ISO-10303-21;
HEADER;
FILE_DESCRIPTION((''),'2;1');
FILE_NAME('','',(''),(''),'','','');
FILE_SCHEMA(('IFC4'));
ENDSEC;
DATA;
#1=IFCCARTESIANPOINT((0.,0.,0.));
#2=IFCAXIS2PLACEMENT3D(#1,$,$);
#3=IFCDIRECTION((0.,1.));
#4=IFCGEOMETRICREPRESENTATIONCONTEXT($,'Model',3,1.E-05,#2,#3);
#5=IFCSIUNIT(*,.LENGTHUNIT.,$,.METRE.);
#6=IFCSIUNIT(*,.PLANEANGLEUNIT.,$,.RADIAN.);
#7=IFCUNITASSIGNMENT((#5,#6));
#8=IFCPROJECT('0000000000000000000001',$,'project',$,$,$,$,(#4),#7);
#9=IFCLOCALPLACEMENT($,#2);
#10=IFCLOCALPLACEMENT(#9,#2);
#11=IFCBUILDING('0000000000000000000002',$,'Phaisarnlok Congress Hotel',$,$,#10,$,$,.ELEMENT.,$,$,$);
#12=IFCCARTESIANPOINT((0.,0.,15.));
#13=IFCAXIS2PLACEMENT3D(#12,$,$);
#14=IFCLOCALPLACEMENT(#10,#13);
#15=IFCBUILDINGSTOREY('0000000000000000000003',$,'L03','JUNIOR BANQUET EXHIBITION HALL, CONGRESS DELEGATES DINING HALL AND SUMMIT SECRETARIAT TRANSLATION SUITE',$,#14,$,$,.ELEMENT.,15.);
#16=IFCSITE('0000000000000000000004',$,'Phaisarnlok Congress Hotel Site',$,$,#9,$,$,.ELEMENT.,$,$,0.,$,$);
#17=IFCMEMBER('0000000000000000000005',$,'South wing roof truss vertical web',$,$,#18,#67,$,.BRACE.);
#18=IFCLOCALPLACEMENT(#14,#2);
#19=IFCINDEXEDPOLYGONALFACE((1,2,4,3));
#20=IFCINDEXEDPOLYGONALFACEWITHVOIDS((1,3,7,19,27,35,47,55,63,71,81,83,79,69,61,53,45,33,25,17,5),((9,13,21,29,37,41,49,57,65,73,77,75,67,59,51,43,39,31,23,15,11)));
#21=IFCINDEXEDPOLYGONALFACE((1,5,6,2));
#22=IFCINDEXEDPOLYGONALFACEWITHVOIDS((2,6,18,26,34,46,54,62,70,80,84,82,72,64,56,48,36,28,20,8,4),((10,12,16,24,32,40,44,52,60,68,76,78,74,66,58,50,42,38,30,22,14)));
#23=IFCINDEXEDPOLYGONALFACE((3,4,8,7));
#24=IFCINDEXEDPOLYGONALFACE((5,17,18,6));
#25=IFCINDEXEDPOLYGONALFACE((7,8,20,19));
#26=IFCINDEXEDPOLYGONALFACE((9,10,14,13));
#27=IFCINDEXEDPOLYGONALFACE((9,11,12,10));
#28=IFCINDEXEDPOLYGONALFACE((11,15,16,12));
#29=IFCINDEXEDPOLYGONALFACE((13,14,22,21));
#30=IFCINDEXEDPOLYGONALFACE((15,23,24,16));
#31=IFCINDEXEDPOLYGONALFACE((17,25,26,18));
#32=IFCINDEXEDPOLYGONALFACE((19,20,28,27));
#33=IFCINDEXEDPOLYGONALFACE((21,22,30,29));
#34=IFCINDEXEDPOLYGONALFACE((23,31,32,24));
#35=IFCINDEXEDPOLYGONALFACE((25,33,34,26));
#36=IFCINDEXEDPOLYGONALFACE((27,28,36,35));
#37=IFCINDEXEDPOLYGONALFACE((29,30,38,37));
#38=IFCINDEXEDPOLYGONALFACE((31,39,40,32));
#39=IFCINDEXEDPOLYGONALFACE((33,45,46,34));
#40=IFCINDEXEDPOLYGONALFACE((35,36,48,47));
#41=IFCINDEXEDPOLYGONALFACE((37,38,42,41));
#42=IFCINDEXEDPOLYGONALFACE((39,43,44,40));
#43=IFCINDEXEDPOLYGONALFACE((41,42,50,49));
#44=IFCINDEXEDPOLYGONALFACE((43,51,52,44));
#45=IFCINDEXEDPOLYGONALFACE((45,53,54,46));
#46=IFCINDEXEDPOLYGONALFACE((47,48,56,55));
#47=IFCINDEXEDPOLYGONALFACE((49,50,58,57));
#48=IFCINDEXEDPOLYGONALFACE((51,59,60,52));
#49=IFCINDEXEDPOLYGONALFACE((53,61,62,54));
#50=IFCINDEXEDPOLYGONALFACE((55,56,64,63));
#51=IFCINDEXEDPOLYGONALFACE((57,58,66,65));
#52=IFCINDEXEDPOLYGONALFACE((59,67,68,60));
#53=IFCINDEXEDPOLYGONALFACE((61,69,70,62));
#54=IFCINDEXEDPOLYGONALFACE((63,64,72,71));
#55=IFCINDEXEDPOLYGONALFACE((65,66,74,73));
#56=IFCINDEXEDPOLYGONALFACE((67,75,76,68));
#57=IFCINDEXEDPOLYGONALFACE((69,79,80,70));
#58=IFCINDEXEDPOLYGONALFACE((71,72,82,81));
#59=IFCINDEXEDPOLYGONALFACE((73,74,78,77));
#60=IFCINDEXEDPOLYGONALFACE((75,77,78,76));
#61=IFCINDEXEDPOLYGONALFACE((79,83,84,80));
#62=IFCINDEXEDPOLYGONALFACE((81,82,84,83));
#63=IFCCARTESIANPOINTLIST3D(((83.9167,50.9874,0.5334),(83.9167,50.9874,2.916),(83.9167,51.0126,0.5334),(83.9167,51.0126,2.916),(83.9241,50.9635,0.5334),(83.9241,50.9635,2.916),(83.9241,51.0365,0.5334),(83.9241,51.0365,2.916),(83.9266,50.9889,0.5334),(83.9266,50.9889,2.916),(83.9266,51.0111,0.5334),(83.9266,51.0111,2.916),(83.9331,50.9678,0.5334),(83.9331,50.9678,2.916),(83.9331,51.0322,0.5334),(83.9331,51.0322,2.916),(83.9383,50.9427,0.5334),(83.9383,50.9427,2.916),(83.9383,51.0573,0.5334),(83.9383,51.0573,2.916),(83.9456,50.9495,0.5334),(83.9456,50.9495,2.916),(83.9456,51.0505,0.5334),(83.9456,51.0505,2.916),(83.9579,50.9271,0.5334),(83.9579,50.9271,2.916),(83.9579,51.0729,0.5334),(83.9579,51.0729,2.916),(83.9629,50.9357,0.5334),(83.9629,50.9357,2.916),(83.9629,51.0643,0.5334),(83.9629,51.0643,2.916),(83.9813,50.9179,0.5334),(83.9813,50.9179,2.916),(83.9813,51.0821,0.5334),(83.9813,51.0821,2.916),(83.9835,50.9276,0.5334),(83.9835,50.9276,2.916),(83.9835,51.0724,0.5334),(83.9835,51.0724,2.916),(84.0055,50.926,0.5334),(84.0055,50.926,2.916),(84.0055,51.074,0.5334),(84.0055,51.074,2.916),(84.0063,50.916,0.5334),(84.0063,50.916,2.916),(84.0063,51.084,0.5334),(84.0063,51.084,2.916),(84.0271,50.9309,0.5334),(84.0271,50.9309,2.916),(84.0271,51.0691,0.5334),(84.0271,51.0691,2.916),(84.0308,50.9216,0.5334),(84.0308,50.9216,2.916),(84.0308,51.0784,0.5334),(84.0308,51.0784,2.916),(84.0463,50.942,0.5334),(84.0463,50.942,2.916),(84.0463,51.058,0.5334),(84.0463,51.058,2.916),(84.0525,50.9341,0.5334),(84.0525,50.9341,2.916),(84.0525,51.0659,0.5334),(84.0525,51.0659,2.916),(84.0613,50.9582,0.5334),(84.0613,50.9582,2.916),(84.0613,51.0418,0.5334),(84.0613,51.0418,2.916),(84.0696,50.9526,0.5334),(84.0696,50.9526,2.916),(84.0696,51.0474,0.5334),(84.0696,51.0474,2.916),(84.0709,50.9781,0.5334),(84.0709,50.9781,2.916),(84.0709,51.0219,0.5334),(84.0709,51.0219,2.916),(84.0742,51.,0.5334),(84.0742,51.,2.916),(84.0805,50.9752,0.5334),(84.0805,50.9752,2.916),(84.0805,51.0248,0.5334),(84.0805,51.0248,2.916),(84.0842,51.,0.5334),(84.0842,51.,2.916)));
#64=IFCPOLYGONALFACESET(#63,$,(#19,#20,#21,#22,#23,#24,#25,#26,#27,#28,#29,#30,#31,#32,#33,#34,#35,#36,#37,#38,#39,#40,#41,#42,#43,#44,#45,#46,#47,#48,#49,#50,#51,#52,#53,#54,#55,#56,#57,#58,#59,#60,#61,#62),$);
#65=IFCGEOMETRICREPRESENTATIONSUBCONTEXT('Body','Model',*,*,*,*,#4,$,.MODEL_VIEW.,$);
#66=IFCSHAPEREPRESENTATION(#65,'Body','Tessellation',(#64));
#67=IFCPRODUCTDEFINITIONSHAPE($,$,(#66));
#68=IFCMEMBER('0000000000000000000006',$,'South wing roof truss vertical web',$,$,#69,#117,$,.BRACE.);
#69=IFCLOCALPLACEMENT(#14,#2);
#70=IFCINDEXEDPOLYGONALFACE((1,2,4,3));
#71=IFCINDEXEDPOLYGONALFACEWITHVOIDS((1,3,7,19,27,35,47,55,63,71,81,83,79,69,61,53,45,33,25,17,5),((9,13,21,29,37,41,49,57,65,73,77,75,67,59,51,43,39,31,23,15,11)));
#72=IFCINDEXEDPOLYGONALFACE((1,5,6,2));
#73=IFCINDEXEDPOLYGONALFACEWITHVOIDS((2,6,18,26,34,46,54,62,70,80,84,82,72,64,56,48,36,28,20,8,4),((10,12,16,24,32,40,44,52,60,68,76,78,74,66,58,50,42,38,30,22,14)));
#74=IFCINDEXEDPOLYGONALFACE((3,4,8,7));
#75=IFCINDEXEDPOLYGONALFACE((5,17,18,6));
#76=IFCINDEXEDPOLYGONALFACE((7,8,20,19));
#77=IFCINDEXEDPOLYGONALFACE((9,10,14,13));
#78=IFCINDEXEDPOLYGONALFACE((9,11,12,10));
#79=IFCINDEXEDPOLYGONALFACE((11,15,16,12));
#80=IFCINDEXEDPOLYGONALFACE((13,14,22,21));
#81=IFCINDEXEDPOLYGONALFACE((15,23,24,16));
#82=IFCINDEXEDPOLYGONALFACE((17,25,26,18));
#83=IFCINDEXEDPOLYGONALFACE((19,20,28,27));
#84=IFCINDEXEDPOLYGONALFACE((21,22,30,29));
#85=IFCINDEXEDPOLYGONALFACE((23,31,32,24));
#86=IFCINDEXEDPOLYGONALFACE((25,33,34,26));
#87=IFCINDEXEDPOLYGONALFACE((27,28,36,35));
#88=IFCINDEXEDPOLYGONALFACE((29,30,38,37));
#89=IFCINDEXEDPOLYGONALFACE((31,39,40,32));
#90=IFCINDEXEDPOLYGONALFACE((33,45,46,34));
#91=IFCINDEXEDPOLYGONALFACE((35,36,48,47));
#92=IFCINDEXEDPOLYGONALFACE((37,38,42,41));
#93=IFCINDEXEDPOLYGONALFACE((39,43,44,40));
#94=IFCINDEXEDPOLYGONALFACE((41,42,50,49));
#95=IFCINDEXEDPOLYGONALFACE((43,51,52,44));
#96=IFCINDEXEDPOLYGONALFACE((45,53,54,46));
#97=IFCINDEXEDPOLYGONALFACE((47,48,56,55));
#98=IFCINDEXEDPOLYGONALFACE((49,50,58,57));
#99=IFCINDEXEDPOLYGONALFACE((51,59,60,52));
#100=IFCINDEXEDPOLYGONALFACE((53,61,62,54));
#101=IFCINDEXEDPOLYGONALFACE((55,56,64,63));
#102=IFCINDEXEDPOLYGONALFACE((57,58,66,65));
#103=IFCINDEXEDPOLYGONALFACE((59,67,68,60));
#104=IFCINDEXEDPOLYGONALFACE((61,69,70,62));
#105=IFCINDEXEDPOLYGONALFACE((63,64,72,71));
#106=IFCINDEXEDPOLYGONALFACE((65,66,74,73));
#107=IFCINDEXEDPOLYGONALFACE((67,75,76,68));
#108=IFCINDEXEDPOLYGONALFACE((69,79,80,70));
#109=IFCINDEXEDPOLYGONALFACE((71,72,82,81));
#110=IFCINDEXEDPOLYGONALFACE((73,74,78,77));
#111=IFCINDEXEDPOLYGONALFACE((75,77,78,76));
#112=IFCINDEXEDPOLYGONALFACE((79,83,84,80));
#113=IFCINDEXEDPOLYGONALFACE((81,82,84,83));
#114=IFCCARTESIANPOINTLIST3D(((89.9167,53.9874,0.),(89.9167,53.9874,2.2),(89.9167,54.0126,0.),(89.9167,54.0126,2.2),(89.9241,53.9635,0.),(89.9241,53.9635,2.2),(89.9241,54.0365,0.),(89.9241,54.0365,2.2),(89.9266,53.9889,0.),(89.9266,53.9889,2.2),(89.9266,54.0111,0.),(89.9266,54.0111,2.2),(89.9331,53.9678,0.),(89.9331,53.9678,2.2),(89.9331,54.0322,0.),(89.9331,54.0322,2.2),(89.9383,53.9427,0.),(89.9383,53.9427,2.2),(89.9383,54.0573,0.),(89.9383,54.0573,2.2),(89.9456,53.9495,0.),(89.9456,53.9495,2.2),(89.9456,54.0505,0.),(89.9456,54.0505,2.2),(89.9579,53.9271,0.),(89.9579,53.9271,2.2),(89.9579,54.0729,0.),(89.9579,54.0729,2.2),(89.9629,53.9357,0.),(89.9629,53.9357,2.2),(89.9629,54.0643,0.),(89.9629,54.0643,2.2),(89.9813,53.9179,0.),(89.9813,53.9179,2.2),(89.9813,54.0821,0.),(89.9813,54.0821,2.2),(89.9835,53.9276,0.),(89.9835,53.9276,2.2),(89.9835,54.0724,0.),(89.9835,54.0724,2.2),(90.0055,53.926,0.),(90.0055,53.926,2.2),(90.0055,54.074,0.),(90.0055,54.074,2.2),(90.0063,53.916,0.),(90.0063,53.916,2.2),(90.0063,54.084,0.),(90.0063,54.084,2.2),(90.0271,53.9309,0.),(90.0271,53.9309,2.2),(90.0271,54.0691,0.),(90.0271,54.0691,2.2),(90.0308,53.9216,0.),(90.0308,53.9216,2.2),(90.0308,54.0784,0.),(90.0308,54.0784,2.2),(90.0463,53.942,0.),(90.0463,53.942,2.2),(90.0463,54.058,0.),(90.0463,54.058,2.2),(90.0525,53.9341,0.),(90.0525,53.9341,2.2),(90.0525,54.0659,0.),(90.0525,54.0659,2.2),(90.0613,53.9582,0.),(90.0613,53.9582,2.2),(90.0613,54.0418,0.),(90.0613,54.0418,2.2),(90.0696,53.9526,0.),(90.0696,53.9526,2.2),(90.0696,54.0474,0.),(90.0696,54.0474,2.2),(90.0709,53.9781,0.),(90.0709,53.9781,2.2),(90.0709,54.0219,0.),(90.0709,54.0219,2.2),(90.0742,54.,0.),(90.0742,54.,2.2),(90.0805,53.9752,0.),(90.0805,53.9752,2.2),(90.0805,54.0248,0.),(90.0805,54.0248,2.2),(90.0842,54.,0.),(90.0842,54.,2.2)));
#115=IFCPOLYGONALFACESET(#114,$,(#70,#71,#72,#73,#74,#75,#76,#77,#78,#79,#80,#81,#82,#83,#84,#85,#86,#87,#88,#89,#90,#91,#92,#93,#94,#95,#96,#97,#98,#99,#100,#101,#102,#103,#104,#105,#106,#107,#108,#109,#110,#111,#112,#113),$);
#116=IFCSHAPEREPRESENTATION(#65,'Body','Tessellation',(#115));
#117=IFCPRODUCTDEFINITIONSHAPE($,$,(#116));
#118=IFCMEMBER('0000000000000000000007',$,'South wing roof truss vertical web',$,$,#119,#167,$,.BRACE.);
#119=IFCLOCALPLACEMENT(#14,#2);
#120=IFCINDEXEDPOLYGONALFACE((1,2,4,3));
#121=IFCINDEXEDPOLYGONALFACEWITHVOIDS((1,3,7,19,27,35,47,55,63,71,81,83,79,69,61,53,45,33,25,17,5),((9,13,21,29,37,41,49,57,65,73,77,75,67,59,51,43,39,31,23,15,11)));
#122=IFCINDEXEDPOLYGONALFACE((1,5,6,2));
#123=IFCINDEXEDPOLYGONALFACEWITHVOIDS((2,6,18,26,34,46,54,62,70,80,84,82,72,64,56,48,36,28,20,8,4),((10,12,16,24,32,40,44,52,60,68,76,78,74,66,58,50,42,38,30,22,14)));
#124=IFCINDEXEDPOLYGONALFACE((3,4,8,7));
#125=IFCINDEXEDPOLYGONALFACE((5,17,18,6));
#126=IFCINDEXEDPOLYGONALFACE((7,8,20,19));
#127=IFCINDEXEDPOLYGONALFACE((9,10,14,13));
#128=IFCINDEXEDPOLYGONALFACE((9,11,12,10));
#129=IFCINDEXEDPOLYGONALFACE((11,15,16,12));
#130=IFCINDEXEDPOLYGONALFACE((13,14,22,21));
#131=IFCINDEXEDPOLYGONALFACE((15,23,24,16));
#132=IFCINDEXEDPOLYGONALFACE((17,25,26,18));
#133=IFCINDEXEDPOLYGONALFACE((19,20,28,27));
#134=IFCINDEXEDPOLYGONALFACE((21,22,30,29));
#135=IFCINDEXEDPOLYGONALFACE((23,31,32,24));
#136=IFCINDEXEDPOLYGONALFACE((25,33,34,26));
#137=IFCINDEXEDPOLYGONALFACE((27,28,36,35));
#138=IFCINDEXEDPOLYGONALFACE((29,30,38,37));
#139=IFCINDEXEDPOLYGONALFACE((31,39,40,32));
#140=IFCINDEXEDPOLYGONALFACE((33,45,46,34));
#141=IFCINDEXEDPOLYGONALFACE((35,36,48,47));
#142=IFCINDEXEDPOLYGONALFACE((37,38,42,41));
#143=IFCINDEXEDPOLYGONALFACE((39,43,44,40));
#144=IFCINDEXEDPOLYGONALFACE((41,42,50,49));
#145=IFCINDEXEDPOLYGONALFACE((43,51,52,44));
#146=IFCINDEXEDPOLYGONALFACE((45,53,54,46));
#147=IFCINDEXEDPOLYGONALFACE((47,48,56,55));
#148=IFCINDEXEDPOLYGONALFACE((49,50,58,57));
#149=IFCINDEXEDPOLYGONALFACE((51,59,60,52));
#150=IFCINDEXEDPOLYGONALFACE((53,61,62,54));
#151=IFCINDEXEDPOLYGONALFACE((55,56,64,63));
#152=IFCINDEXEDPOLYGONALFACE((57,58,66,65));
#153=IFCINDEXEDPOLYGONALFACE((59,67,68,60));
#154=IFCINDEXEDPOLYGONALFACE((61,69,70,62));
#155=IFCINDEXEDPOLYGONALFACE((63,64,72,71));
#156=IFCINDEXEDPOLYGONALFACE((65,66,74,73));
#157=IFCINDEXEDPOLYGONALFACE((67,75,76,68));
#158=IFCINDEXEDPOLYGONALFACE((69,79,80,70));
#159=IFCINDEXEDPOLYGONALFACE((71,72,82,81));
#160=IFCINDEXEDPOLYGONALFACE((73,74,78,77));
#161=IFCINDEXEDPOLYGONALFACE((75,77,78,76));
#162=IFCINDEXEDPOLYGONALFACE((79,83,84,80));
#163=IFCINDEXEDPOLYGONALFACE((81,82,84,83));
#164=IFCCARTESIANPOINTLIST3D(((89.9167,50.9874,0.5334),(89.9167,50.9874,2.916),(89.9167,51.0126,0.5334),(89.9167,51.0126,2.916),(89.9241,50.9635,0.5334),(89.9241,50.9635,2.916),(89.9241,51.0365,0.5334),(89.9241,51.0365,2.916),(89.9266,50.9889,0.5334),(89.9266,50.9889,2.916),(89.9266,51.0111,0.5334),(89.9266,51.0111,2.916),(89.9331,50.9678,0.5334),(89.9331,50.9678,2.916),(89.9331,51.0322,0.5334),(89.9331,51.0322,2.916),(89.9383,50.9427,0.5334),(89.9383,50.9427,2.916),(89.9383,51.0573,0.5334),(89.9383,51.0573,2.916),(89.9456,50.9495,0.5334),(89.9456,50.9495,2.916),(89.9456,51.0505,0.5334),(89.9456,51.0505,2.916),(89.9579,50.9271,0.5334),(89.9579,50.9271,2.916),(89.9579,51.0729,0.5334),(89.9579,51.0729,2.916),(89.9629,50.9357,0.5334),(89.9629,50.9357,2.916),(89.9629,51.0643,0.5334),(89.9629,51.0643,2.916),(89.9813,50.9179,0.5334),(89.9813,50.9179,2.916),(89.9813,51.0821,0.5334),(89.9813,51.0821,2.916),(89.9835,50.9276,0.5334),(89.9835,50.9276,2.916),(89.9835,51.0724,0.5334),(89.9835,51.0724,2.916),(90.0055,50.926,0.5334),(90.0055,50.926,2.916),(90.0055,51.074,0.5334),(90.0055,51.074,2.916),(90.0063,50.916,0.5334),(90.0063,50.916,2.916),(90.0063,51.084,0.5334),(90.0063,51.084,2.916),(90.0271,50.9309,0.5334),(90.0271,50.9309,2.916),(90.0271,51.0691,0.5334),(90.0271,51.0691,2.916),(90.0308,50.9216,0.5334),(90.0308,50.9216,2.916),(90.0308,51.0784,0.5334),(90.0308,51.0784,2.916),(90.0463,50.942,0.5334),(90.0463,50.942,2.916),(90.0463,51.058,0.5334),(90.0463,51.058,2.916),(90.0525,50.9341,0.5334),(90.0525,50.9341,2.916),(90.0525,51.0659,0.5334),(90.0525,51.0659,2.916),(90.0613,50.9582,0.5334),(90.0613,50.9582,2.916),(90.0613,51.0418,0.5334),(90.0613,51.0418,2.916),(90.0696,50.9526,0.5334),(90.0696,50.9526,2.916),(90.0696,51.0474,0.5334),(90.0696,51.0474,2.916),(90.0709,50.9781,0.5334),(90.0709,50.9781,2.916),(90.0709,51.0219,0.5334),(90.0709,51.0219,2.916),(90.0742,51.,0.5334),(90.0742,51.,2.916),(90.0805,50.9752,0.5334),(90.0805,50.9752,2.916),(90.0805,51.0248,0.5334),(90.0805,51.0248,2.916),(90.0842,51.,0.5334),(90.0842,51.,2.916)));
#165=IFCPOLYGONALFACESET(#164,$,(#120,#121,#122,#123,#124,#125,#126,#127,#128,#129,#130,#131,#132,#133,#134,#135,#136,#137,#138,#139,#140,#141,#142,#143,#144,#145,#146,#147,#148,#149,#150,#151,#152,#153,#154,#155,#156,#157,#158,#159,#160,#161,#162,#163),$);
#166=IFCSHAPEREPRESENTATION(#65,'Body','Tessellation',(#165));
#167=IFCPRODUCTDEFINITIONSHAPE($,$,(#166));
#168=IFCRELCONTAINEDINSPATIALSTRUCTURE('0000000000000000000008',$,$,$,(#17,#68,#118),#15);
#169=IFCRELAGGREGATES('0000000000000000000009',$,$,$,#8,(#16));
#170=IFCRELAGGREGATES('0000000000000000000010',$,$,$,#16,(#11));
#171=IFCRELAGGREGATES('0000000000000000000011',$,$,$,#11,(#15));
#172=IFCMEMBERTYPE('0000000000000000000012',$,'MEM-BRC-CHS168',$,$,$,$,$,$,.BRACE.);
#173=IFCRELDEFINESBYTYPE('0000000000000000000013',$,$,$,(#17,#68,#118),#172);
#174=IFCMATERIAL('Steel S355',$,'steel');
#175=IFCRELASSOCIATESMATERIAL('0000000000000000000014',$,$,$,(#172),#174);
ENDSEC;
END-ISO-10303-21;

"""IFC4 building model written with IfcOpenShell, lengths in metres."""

from ifc_helpers import new_model, si_unit, direction, frame, origin, origin_2d, place, context, subcontext, project, spatial, hollow_circle, extrude, material, material_profile, profile_set, type_object, element, save


model = new_model("IFC4")

# Units and contexts
model_context = context("Model", 3, precision=1e-05, world=origin(), true_north=direction((0.0, 1.0)))
body_context = subcontext(model_context, "Body", "Model", "MODEL_VIEW")
ifc_project = project(units=[si_unit("LENGTHUNIT", "METRE"), si_unit("PLANEANGLEUNIT", "RADIAN")], contexts=[model_context])

# Site, building, storey
site_placement = place(None, origin())
site = spatial("IfcSite", under=ifc_project, at=site_placement, Name="Phaisarnlok Congress Hotel Site", CompositionType="ELEMENT", RefElevation=0.0)
building_placement = place(site_placement, origin())
building = spatial("IfcBuilding", under=site, at=building_placement, Name="Phaisarnlok Congress Hotel", CompositionType="ELEMENT")
storey_placement = place(building_placement, frame((0.0, 0.0, 15.0)))
storey = spatial("IfcBuildingStorey", under=building, at=storey_placement, Name="L03", Description="JUNIOR BANQUET EXHIBITION HALL, CONGRESS DELEGATES DINING HALL AND SUMMIT SECRETARIAT TRANSLATION SUITE", CompositionType="ELEMENT", Elevation=15.0)

# Shared definitions
ifc_material = material(Name="Steel S355", Category="steel")

# Members
ifc_material_profile_1 = material_profile(ifc_material, hollow_circle(Radius=0.0842, WallThickness=0.01, at=origin_2d()), Name="CHS 168.3x10")
ifc_profile_set_1 = profile_set([ifc_material_profile_1], Name="Steel S355")
member_type_1 = type_object("IfcMemberType", Name="MEM-BRC-CHS168", PredefinedType="BRACE", material=ifc_profile_set_1)
member_1_placement = place(storey_placement, frame((84.0, 51.0, 0.5334), z_axis=(0.0, 0.0, 1.0), x_axis=(1.0, 0.0, 0.0)))
element("IfcMember", 1, at=member_1_placement, inside=storey, type_object=member_type_1, Name="South wing roof truss vertical web", PredefinedType="BRACE", context=body_context, shape_type="SweptSolid", body=[
    extrude(hollow_circle(Radius=0.0842, WallThickness=0.01, at=origin_2d()), origin(), (0.0, 0.0, 1.0), 2.3826),
])
member_2_placement = place(storey_placement, frame((90.0, 54.0, 0.0), z_axis=(0.0, 0.0, 1.0), x_axis=(1.0, 0.0, 0.0)))
element("IfcMember", 2, at=member_2_placement, inside=storey, type_object=member_type_1, Name="South wing roof truss vertical web", PredefinedType="BRACE", context=body_context, shape_type="SweptSolid", body=[
    extrude(hollow_circle(Radius=0.0842, WallThickness=0.01, at=origin_2d()), origin(), (0.0, 0.0, 1.0), 2.2),
])
member_3_placement = place(storey_placement, frame((90.0, 51.0, 0.5334), z_axis=(0.0, 0.0, 1.0), x_axis=(1.0, 0.0, 0.0)))
element("IfcMember", 3, at=member_3_placement, inside=storey, type_object=member_type_1, Name="South wing roof truss vertical web", PredefinedType="BRACE", context=body_context, shape_type="SweptSolid", body=[
    extrude(hollow_circle(Radius=0.0842, WallThickness=0.01, at=origin_2d()), origin(), (0.0, 0.0, 1.0), 2.3826),
])

save(model, "model.ifc")
